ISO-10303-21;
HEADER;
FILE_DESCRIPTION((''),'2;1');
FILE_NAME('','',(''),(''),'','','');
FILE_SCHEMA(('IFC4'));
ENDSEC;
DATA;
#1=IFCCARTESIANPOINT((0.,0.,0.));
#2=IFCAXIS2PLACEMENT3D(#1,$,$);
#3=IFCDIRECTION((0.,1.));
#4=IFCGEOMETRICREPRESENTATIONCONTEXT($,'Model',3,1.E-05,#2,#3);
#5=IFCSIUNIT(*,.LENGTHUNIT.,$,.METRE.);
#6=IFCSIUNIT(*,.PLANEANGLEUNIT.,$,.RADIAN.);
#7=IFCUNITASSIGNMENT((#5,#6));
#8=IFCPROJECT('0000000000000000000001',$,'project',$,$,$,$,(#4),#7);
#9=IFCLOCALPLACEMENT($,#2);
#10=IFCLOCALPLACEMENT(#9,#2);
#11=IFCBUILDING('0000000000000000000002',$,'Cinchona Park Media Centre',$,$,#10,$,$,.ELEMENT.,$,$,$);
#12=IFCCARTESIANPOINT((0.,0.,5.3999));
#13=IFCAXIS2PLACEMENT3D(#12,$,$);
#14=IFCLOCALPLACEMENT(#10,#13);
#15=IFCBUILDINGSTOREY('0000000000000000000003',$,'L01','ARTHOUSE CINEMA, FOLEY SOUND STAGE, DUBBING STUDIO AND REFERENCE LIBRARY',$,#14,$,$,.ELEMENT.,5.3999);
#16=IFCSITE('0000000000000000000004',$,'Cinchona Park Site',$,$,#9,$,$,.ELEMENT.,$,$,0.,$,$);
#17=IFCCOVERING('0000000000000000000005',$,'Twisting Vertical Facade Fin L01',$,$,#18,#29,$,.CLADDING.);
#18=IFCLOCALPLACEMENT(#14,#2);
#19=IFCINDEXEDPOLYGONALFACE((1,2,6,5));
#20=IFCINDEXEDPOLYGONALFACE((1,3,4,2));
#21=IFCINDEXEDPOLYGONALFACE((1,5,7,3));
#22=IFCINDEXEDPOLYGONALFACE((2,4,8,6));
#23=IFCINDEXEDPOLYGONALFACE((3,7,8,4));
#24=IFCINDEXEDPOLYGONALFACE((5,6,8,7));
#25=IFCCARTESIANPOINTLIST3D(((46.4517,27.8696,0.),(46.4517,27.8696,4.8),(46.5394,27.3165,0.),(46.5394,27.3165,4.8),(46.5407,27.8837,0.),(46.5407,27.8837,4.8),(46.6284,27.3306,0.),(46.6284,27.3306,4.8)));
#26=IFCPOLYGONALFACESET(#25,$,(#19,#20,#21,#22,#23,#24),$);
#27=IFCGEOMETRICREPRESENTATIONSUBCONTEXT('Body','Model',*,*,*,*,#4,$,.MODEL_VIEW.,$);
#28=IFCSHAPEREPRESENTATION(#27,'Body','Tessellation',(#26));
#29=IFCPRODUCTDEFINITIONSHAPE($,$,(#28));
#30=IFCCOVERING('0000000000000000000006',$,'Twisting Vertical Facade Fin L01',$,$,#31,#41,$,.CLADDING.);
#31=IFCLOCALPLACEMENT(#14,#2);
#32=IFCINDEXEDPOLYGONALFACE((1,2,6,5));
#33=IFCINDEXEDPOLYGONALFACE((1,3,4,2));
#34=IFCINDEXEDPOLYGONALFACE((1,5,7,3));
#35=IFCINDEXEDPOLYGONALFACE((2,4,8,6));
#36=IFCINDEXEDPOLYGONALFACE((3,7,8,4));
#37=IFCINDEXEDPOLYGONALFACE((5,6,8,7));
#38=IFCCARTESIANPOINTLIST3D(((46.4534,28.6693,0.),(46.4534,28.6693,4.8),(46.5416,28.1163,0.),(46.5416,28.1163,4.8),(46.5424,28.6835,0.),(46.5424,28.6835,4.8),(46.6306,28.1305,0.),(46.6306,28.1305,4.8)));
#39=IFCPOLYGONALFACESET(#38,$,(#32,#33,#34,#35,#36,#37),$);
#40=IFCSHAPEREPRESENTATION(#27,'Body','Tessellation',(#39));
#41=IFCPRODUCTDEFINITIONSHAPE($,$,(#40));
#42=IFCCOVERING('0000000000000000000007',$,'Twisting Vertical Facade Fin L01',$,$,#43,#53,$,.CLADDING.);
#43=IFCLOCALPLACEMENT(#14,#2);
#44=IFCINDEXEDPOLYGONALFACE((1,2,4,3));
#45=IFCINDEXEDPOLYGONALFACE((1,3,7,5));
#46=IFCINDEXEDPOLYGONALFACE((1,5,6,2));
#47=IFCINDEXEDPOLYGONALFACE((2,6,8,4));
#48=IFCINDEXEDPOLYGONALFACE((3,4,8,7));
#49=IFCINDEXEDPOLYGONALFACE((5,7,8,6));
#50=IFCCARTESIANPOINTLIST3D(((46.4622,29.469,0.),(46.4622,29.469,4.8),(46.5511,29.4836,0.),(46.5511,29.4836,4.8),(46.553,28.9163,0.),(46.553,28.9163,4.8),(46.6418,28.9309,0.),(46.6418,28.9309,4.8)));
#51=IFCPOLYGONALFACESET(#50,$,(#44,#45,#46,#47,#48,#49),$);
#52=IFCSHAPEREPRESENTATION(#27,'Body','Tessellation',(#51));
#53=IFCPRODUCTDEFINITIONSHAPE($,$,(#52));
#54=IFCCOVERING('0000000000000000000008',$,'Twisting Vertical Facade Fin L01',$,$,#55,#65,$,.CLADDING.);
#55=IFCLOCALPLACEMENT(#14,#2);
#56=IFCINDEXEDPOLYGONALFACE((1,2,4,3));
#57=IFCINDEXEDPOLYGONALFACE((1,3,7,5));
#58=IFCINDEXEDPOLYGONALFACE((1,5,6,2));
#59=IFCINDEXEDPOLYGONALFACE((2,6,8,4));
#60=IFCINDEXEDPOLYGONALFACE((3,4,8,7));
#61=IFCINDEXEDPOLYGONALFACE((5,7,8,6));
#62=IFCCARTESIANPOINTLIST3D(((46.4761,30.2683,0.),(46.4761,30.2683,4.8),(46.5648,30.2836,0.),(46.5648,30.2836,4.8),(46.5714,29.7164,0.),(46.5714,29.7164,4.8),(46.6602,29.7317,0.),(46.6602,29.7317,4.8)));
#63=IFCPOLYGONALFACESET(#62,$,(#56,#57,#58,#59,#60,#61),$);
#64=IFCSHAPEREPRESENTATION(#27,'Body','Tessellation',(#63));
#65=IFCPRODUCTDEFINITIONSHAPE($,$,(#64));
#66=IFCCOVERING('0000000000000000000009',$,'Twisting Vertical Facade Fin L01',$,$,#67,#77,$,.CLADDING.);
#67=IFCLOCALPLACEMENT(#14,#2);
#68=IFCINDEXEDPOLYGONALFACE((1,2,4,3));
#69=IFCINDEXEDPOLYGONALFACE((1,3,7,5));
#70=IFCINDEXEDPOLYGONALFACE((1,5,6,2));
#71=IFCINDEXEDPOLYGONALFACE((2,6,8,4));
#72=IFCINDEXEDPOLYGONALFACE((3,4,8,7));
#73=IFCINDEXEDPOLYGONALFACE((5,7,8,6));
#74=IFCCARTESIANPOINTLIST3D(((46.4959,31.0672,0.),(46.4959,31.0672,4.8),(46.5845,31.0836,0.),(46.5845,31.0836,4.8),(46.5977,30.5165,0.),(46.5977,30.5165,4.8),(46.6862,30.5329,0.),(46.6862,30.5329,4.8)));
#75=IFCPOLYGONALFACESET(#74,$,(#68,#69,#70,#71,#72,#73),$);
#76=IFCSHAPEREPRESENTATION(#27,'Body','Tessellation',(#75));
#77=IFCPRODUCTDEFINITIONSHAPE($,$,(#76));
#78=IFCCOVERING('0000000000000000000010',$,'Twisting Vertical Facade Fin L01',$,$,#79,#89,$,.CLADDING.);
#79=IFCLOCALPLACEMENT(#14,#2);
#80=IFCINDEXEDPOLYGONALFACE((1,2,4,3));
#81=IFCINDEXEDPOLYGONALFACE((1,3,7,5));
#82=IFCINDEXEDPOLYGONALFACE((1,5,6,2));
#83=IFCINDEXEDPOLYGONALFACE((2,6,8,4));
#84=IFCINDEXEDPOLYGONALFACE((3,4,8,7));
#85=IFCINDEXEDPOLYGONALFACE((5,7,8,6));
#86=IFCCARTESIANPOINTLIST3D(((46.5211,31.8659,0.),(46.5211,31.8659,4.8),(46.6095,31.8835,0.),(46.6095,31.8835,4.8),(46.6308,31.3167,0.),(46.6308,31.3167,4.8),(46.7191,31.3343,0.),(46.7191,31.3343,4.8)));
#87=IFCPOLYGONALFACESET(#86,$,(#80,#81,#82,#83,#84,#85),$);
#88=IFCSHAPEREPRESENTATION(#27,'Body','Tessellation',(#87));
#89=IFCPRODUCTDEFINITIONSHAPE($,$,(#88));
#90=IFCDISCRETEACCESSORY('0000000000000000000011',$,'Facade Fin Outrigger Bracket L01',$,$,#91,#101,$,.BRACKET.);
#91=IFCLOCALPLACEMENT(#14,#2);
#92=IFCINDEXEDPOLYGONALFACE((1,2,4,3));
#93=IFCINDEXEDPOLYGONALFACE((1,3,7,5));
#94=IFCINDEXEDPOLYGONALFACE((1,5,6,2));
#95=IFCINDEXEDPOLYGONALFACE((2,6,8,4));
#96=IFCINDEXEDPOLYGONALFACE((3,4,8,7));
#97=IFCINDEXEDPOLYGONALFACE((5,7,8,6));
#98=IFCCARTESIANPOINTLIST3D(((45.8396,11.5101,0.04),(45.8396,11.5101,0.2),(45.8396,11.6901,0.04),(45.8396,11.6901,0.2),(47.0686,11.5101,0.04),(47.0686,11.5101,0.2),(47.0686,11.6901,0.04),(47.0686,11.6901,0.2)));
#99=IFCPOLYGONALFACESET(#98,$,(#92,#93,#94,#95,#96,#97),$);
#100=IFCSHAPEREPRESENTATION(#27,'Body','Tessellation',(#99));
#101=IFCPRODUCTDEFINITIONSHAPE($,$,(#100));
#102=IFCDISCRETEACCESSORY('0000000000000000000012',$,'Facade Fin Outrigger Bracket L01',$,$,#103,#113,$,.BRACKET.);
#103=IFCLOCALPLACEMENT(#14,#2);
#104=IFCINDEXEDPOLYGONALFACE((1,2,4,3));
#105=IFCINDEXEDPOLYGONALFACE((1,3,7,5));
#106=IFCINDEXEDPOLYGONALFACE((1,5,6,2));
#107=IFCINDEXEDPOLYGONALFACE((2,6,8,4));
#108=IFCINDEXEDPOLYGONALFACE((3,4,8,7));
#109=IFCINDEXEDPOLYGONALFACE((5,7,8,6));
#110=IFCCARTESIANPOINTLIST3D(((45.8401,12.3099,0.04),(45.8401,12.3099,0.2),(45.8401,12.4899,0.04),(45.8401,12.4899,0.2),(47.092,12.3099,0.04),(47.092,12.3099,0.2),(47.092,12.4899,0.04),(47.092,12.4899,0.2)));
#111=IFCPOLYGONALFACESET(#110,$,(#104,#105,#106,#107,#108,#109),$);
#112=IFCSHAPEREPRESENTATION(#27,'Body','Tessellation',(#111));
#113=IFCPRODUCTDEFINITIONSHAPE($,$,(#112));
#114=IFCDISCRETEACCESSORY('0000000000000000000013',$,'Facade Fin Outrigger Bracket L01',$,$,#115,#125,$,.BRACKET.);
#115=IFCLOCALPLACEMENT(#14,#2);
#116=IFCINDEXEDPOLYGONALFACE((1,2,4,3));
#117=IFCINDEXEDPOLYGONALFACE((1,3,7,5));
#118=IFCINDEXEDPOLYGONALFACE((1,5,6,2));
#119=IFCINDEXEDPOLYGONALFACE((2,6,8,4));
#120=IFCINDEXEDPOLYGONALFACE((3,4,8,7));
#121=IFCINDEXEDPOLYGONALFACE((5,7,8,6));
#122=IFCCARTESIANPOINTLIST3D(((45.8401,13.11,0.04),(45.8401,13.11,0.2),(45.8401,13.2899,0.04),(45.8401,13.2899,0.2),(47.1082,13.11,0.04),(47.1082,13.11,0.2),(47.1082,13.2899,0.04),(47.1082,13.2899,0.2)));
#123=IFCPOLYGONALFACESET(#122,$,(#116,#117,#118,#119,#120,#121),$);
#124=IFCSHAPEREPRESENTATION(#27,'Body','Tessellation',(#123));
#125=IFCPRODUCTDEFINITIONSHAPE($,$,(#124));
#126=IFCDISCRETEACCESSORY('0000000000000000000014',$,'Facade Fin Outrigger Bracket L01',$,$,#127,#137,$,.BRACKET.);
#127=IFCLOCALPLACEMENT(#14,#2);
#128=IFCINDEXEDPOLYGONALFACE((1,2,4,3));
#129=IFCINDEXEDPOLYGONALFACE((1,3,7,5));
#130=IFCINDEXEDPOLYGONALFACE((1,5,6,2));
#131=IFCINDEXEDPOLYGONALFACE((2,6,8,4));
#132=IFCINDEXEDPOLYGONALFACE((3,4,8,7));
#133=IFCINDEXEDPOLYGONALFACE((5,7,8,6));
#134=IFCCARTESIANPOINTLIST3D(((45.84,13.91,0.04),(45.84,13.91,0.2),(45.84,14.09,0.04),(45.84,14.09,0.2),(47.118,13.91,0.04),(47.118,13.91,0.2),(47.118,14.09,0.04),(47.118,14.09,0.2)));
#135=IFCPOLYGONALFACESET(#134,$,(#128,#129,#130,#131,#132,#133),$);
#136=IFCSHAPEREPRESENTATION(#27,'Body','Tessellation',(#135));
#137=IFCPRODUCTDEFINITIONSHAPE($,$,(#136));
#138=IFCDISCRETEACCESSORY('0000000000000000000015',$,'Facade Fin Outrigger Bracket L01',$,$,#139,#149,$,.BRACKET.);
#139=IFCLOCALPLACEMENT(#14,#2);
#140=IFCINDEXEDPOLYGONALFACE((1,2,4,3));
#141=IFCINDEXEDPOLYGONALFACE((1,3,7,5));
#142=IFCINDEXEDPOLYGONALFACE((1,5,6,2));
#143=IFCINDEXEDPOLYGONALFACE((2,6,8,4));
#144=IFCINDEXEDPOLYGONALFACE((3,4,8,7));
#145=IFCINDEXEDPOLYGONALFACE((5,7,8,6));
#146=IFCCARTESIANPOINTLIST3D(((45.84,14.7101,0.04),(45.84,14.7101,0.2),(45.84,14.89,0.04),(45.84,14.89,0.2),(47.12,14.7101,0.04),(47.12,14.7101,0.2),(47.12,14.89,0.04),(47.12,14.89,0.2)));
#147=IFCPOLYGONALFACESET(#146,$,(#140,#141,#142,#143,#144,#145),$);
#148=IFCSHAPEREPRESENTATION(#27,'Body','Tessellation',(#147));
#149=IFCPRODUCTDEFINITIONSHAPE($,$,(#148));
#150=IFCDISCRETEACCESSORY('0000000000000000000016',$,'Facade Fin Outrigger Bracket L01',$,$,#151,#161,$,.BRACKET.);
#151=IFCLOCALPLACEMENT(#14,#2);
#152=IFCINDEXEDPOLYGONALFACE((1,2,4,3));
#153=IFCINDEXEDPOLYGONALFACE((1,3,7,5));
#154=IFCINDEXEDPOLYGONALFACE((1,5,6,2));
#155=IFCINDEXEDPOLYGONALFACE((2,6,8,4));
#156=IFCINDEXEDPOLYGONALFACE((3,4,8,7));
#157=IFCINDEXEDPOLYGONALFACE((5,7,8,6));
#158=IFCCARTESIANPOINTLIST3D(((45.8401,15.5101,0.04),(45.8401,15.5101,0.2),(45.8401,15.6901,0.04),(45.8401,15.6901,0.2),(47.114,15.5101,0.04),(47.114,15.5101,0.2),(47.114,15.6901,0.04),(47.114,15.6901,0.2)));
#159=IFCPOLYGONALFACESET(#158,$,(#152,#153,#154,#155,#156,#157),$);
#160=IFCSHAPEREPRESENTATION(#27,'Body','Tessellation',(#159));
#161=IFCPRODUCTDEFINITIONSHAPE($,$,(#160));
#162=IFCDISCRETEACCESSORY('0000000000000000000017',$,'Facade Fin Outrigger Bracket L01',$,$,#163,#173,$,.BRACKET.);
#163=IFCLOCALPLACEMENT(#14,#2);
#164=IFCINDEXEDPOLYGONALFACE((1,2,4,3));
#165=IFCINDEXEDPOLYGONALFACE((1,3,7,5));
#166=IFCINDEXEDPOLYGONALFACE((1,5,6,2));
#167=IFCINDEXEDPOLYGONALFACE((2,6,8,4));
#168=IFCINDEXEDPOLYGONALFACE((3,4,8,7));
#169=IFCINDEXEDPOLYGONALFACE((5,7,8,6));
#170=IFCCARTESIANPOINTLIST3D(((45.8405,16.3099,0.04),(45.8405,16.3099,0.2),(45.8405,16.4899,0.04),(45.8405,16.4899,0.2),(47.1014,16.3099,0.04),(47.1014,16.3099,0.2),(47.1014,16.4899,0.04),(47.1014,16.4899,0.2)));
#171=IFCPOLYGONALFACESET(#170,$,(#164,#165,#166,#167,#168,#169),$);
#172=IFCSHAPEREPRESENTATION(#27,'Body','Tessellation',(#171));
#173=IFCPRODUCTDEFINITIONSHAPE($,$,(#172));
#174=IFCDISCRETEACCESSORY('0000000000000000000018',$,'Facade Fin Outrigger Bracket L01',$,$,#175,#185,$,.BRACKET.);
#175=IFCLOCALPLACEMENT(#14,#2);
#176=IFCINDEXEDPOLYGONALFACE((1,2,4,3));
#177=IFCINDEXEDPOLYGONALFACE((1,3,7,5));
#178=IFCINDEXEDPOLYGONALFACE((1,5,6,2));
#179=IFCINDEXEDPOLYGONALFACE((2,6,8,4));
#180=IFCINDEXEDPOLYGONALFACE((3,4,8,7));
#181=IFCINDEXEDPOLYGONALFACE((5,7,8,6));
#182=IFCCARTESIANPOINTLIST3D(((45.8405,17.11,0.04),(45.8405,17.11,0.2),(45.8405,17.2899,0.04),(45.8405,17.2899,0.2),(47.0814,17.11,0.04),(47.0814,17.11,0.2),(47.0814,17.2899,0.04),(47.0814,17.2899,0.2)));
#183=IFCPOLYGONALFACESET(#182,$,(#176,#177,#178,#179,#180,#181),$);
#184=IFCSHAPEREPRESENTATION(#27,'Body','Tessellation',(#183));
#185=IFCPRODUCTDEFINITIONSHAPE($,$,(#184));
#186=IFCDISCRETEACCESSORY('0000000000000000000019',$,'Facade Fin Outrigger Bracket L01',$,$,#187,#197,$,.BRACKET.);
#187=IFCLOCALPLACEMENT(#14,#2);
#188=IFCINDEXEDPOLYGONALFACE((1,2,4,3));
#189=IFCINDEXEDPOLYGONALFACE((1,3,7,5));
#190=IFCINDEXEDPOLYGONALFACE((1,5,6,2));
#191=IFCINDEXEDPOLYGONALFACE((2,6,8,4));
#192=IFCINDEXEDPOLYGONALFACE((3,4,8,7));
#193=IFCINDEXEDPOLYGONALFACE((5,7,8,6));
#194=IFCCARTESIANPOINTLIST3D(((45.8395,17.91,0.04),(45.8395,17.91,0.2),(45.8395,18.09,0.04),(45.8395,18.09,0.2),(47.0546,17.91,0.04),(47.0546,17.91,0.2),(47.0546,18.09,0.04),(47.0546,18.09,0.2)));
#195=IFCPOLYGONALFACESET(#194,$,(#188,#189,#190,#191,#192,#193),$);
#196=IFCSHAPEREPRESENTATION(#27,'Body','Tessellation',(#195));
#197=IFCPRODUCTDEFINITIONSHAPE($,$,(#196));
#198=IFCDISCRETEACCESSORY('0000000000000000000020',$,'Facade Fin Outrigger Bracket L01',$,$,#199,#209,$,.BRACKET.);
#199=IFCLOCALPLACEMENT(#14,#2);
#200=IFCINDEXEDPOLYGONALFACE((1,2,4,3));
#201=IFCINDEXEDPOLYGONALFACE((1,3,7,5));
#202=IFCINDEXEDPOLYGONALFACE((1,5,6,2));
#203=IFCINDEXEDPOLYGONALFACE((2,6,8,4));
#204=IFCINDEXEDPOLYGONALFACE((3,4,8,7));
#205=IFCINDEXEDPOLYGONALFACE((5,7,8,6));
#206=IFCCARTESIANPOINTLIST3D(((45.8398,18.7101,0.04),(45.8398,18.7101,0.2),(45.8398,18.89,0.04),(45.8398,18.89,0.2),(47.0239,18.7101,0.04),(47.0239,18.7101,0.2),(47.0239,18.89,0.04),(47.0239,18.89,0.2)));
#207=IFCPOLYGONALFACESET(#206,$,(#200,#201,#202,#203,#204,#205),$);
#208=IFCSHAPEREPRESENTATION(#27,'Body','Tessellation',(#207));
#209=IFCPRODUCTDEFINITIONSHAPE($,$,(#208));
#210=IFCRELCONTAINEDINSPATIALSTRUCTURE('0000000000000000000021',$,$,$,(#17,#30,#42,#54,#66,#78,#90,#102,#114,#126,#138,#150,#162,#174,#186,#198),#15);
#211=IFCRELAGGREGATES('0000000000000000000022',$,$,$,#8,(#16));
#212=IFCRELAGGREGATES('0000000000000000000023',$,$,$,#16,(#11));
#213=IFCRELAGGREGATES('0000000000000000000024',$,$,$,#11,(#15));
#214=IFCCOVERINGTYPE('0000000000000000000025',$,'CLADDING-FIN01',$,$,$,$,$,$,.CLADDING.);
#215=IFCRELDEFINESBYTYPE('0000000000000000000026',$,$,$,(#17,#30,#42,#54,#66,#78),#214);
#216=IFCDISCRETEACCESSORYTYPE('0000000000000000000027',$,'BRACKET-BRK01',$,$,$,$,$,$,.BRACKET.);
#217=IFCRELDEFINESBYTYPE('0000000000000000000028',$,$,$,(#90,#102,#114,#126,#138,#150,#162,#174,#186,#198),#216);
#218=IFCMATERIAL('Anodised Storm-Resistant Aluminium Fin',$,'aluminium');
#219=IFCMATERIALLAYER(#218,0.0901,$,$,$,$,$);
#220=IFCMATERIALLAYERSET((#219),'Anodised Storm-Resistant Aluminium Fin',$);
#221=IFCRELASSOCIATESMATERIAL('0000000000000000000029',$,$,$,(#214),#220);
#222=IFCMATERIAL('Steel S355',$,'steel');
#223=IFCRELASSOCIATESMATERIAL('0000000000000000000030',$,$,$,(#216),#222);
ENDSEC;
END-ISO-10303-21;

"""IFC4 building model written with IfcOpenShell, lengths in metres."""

from ifc_helpers import new_model, si_unit, direction, frame, origin, origin_2d, place, context, subcontext, project, spatial, rectangle, extrude, material, layer, layer_set, type_object, element, save


model = new_model("IFC4")

# Units and contexts
model_context = context("Model", 3, precision=1e-05, world=origin(), true_north=direction((0.0, 1.0)))
body_context = subcontext(model_context, "Body", "Model", "MODEL_VIEW")
ifc_project = project(units=[si_unit("LENGTHUNIT", "METRE"), si_unit("PLANEANGLEUNIT", "RADIAN")], contexts=[model_context])

# Site, building, storey
site_placement = place(None, origin())
site = spatial("IfcSite", under=ifc_project, at=site_placement, Name="Cinchona Park Site", CompositionType="ELEMENT", RefElevation=0.0)
building_placement = place(site_placement, origin())
building = spatial("IfcBuilding", under=site, at=building_placement, Name="Cinchona Park Media Centre", CompositionType="ELEMENT")
storey_placement = place(building_placement, frame((0.0, 0.0, 5.3999)))
storey = spatial("IfcBuildingStorey", under=building, at=storey_placement, Name="L01", Description="ARTHOUSE CINEMA, FOLEY SOUND STAGE, DUBBING STUDIO AND REFERENCE LIBRARY", CompositionType="ELEMENT", Elevation=5.3999)

# Coverings
ifc_material_1 = material(Name="Anodised Storm-Resistant Aluminium Fin", Category="aluminium")
ifc_layer = layer(ifc_material_1, 0.0901)
ifc_layer_set = layer_set([ifc_layer], Name="Anodised Storm-Resistant Aluminium Fin")
covering_type = type_object("IfcCoveringType", Name="CLADDING-FIN01", PredefinedType="CLADDING", material=ifc_layer_set)
for number, where, z_axis, x_axis, name in (
    (1, (46.54, 27.6001, 0.0), (0.0, 0.0, 1.0), (-0.156607, 0.987661, 0.0), "Twisting Vertical Facade Fin L01"),
    (2, (46.542, 28.3999, 0.0), (0.0, 0.0, 1.0), (-0.157469, 0.987524, 0.0), "Twisting Vertical Facade Fin L01"),
    (3, (46.552, 29.2, 0.0), (0.0, 0.0, 1.0), (-0.162121, 0.986771, 0.0), "Twisting Vertical Facade Fin L01"),
    (4, (46.5681, 30.0, 0.0), (0.0, 0.0, 1.0), (-0.170209, 0.985408, 0.0), "Twisting Vertical Facade Fin L01"),
    (5, (46.5911, 30.8, 0.0), (0.0, 0.0, 1.0), (-0.181721, 0.98335, 0.0), "Twisting Vertical Facade Fin L01"),
    (6, (46.6201, 31.6001, 0.0), (0.0, 0.0, 1.0), (-0.195775, 0.980649, 0.0), "Twisting Vertical Facade Fin L01"),
):
    element("IfcCovering", number, at=place(storey_placement, frame(where, z_axis=z_axis, x_axis=x_axis)), inside=storey, type_object=covering_type, Name=name, PredefinedType="CLADDING", context=body_context, shape_type="SweptSolid", body=[
        extrude(rectangle(XDim=0.5601, YDim=0.0901, at=origin_2d()), origin(), (0.0, 0.0, 1.0), 4.8),
    ])

# Discrete accessories
ifc_material_2 = material(Name="Steel S355", Category="steel")
discrete_accessory_type = type_object("IfcDiscreteAccessoryType", Name="BRACKET-BRK01", PredefinedType="BRACKET", material=ifc_material_2)
discrete_accessory_1_placement = place(storey_placement, frame((46.4541, 11.6001, 0.04), z_axis=(0.0, 0.0, 1.0), x_axis=(0.0, 1.0, 0.0)))
element("IfcDiscreteAccessory", 7, at=discrete_accessory_1_placement, inside=storey, type_object=discrete_accessory_type, Name="Facade Fin Outrigger Bracket L01", PredefinedType="BRACKET", context=body_context, shape_type="SweptSolid", body=[
    extrude(rectangle(XDim=0.1799, YDim=1.229, at=origin_2d()), origin(), (0.0, 0.0, 1.0), 0.1599),
])
discrete_accessory_2_placement = place(storey_placement, frame((46.4661, 12.3999, 0.04), z_axis=(0.0, 0.0, 1.0), x_axis=(0.0, 1.0, 0.0)))
element("IfcDiscreteAccessory", 8, at=discrete_accessory_2_placement, inside=storey, type_object=discrete_accessory_type, Name="Facade Fin Outrigger Bracket L01", PredefinedType="BRACKET", context=body_context, shape_type="SweptSolid", body=[
    extrude(rectangle(XDim=0.1799, YDim=1.252, at=origin_2d()), origin(), (0.0, 0.0, 1.0), 0.1599),
])
discrete_accessory_3_placement = place(storey_placement, frame((46.4741, 13.2, 0.04), z_axis=(0.0, 0.0, 1.0), x_axis=(0.0, 1.0, 0.0)))
element("IfcDiscreteAccessory", 9, at=discrete_accessory_3_placement, inside=storey, type_object=discrete_accessory_type, Name="Facade Fin Outrigger Bracket L01", PredefinedType="BRACKET", context=body_context, shape_type="SweptSolid", body=[
    extrude(rectangle(XDim=0.1799, YDim=1.2681, at=origin_2d()), origin(), (0.0, 0.0, 1.0), 0.1599),
])
discrete_accessory_4_placement = place(storey_placement, frame((46.479, 14.0, 0.04), z_axis=(0.0, 0.0, 1.0), x_axis=(0.0, 1.0, 0.0)))
element("IfcDiscreteAccessory", 10, at=discrete_accessory_4_placement, inside=storey, type_object=discrete_accessory_type, Name="Facade Fin Outrigger Bracket L01", PredefinedType="BRACKET", context=body_context, shape_type="SweptSolid", body=[
    extrude(rectangle(XDim=0.1799, YDim=1.2781, at=origin_2d()), origin(), (0.0, 0.0, 1.0), 0.1599),
])
discrete_accessory_5_placement = place(storey_placement, frame((46.48, 14.8, 0.04), z_axis=(0.0, 0.0, 1.0), x_axis=(0.0, 1.0, 0.0)))
element("IfcDiscreteAccessory", 11, at=discrete_accessory_5_placement, inside=storey, type_object=discrete_accessory_type, Name="Facade Fin Outrigger Bracket L01", PredefinedType="BRACKET", context=body_context, shape_type="SweptSolid", body=[
    extrude(rectangle(XDim=0.1799, YDim=1.28, at=origin_2d()), origin(), (0.0, 0.0, 1.0), 0.1599),
])
discrete_accessory_6_placement = place(storey_placement, frame((46.4771, 15.6001, 0.04), z_axis=(0.0, 0.0, 1.0), x_axis=(0.0, 1.0, 0.0)))
element("IfcDiscreteAccessory", 12, at=discrete_accessory_6_placement, inside=storey, type_object=discrete_accessory_type, Name="Facade Fin Outrigger Bracket L01", PredefinedType="BRACKET", context=body_context, shape_type="SweptSolid", body=[
    extrude(rectangle(XDim=0.1799, YDim=1.2739, at=origin_2d()), origin(), (0.0, 0.0, 1.0), 0.1599),
])
discrete_accessory_7_placement = place(storey_placement, frame((46.4709, 16.3999, 0.04), z_axis=(0.0, 0.0, 1.0), x_axis=(0.0, 1.0, 0.0)))
element("IfcDiscreteAccessory", 13, at=discrete_accessory_7_placement, inside=storey, type_object=discrete_accessory_type, Name="Facade Fin Outrigger Bracket L01", PredefinedType="BRACKET", context=body_context, shape_type="SweptSolid", body=[
    extrude(rectangle(XDim=0.1799, YDim=1.261, at=origin_2d()), origin(), (0.0, 0.0, 1.0), 0.1599),
])
discrete_accessory_8_placement = place(storey_placement, frame((46.4609, 17.2, 0.04), z_axis=(0.0, 0.0, 1.0), x_axis=(0.0, 1.0, 0.0)))
element("IfcDiscreteAccessory", 14, at=discrete_accessory_8_placement, inside=storey, type_object=discrete_accessory_type, Name="Facade Fin Outrigger Bracket L01", PredefinedType="BRACKET", context=body_context, shape_type="SweptSolid", body=[
    extrude(rectangle(XDim=0.1799, YDim=1.241, at=origin_2d()), origin(), (0.0, 0.0, 1.0), 0.1599),
])
discrete_accessory_9_placement = place(storey_placement, frame((46.447, 18.0, 0.04), z_axis=(0.0, 0.0, 1.0), x_axis=(0.0, 1.0, 0.0)))
element("IfcDiscreteAccessory", 15, at=discrete_accessory_9_placement, inside=storey, type_object=discrete_accessory_type, Name="Facade Fin Outrigger Bracket L01", PredefinedType="BRACKET", context=body_context, shape_type="SweptSolid", body=[
    extrude(rectangle(XDim=0.1799, YDim=1.2151, at=origin_2d()), origin(), (0.0, 0.0, 1.0), 0.1599),
])
discrete_accessory_10_placement = place(storey_placement, frame((46.4319, 18.8, 0.04), z_axis=(0.0, 0.0, 1.0), x_axis=(0.0, 1.0, 0.0)))
element("IfcDiscreteAccessory", 16, at=discrete_accessory_10_placement, inside=storey, type_object=discrete_accessory_type, Name="Facade Fin Outrigger Bracket L01", PredefinedType="BRACKET", context=body_context, shape_type="SweptSolid", body=[
    extrude(rectangle(XDim=0.1799, YDim=1.1841, at=origin_2d()), origin(), (0.0, 0.0, 1.0), 0.1599),
])

save(model, "model.ifc")
